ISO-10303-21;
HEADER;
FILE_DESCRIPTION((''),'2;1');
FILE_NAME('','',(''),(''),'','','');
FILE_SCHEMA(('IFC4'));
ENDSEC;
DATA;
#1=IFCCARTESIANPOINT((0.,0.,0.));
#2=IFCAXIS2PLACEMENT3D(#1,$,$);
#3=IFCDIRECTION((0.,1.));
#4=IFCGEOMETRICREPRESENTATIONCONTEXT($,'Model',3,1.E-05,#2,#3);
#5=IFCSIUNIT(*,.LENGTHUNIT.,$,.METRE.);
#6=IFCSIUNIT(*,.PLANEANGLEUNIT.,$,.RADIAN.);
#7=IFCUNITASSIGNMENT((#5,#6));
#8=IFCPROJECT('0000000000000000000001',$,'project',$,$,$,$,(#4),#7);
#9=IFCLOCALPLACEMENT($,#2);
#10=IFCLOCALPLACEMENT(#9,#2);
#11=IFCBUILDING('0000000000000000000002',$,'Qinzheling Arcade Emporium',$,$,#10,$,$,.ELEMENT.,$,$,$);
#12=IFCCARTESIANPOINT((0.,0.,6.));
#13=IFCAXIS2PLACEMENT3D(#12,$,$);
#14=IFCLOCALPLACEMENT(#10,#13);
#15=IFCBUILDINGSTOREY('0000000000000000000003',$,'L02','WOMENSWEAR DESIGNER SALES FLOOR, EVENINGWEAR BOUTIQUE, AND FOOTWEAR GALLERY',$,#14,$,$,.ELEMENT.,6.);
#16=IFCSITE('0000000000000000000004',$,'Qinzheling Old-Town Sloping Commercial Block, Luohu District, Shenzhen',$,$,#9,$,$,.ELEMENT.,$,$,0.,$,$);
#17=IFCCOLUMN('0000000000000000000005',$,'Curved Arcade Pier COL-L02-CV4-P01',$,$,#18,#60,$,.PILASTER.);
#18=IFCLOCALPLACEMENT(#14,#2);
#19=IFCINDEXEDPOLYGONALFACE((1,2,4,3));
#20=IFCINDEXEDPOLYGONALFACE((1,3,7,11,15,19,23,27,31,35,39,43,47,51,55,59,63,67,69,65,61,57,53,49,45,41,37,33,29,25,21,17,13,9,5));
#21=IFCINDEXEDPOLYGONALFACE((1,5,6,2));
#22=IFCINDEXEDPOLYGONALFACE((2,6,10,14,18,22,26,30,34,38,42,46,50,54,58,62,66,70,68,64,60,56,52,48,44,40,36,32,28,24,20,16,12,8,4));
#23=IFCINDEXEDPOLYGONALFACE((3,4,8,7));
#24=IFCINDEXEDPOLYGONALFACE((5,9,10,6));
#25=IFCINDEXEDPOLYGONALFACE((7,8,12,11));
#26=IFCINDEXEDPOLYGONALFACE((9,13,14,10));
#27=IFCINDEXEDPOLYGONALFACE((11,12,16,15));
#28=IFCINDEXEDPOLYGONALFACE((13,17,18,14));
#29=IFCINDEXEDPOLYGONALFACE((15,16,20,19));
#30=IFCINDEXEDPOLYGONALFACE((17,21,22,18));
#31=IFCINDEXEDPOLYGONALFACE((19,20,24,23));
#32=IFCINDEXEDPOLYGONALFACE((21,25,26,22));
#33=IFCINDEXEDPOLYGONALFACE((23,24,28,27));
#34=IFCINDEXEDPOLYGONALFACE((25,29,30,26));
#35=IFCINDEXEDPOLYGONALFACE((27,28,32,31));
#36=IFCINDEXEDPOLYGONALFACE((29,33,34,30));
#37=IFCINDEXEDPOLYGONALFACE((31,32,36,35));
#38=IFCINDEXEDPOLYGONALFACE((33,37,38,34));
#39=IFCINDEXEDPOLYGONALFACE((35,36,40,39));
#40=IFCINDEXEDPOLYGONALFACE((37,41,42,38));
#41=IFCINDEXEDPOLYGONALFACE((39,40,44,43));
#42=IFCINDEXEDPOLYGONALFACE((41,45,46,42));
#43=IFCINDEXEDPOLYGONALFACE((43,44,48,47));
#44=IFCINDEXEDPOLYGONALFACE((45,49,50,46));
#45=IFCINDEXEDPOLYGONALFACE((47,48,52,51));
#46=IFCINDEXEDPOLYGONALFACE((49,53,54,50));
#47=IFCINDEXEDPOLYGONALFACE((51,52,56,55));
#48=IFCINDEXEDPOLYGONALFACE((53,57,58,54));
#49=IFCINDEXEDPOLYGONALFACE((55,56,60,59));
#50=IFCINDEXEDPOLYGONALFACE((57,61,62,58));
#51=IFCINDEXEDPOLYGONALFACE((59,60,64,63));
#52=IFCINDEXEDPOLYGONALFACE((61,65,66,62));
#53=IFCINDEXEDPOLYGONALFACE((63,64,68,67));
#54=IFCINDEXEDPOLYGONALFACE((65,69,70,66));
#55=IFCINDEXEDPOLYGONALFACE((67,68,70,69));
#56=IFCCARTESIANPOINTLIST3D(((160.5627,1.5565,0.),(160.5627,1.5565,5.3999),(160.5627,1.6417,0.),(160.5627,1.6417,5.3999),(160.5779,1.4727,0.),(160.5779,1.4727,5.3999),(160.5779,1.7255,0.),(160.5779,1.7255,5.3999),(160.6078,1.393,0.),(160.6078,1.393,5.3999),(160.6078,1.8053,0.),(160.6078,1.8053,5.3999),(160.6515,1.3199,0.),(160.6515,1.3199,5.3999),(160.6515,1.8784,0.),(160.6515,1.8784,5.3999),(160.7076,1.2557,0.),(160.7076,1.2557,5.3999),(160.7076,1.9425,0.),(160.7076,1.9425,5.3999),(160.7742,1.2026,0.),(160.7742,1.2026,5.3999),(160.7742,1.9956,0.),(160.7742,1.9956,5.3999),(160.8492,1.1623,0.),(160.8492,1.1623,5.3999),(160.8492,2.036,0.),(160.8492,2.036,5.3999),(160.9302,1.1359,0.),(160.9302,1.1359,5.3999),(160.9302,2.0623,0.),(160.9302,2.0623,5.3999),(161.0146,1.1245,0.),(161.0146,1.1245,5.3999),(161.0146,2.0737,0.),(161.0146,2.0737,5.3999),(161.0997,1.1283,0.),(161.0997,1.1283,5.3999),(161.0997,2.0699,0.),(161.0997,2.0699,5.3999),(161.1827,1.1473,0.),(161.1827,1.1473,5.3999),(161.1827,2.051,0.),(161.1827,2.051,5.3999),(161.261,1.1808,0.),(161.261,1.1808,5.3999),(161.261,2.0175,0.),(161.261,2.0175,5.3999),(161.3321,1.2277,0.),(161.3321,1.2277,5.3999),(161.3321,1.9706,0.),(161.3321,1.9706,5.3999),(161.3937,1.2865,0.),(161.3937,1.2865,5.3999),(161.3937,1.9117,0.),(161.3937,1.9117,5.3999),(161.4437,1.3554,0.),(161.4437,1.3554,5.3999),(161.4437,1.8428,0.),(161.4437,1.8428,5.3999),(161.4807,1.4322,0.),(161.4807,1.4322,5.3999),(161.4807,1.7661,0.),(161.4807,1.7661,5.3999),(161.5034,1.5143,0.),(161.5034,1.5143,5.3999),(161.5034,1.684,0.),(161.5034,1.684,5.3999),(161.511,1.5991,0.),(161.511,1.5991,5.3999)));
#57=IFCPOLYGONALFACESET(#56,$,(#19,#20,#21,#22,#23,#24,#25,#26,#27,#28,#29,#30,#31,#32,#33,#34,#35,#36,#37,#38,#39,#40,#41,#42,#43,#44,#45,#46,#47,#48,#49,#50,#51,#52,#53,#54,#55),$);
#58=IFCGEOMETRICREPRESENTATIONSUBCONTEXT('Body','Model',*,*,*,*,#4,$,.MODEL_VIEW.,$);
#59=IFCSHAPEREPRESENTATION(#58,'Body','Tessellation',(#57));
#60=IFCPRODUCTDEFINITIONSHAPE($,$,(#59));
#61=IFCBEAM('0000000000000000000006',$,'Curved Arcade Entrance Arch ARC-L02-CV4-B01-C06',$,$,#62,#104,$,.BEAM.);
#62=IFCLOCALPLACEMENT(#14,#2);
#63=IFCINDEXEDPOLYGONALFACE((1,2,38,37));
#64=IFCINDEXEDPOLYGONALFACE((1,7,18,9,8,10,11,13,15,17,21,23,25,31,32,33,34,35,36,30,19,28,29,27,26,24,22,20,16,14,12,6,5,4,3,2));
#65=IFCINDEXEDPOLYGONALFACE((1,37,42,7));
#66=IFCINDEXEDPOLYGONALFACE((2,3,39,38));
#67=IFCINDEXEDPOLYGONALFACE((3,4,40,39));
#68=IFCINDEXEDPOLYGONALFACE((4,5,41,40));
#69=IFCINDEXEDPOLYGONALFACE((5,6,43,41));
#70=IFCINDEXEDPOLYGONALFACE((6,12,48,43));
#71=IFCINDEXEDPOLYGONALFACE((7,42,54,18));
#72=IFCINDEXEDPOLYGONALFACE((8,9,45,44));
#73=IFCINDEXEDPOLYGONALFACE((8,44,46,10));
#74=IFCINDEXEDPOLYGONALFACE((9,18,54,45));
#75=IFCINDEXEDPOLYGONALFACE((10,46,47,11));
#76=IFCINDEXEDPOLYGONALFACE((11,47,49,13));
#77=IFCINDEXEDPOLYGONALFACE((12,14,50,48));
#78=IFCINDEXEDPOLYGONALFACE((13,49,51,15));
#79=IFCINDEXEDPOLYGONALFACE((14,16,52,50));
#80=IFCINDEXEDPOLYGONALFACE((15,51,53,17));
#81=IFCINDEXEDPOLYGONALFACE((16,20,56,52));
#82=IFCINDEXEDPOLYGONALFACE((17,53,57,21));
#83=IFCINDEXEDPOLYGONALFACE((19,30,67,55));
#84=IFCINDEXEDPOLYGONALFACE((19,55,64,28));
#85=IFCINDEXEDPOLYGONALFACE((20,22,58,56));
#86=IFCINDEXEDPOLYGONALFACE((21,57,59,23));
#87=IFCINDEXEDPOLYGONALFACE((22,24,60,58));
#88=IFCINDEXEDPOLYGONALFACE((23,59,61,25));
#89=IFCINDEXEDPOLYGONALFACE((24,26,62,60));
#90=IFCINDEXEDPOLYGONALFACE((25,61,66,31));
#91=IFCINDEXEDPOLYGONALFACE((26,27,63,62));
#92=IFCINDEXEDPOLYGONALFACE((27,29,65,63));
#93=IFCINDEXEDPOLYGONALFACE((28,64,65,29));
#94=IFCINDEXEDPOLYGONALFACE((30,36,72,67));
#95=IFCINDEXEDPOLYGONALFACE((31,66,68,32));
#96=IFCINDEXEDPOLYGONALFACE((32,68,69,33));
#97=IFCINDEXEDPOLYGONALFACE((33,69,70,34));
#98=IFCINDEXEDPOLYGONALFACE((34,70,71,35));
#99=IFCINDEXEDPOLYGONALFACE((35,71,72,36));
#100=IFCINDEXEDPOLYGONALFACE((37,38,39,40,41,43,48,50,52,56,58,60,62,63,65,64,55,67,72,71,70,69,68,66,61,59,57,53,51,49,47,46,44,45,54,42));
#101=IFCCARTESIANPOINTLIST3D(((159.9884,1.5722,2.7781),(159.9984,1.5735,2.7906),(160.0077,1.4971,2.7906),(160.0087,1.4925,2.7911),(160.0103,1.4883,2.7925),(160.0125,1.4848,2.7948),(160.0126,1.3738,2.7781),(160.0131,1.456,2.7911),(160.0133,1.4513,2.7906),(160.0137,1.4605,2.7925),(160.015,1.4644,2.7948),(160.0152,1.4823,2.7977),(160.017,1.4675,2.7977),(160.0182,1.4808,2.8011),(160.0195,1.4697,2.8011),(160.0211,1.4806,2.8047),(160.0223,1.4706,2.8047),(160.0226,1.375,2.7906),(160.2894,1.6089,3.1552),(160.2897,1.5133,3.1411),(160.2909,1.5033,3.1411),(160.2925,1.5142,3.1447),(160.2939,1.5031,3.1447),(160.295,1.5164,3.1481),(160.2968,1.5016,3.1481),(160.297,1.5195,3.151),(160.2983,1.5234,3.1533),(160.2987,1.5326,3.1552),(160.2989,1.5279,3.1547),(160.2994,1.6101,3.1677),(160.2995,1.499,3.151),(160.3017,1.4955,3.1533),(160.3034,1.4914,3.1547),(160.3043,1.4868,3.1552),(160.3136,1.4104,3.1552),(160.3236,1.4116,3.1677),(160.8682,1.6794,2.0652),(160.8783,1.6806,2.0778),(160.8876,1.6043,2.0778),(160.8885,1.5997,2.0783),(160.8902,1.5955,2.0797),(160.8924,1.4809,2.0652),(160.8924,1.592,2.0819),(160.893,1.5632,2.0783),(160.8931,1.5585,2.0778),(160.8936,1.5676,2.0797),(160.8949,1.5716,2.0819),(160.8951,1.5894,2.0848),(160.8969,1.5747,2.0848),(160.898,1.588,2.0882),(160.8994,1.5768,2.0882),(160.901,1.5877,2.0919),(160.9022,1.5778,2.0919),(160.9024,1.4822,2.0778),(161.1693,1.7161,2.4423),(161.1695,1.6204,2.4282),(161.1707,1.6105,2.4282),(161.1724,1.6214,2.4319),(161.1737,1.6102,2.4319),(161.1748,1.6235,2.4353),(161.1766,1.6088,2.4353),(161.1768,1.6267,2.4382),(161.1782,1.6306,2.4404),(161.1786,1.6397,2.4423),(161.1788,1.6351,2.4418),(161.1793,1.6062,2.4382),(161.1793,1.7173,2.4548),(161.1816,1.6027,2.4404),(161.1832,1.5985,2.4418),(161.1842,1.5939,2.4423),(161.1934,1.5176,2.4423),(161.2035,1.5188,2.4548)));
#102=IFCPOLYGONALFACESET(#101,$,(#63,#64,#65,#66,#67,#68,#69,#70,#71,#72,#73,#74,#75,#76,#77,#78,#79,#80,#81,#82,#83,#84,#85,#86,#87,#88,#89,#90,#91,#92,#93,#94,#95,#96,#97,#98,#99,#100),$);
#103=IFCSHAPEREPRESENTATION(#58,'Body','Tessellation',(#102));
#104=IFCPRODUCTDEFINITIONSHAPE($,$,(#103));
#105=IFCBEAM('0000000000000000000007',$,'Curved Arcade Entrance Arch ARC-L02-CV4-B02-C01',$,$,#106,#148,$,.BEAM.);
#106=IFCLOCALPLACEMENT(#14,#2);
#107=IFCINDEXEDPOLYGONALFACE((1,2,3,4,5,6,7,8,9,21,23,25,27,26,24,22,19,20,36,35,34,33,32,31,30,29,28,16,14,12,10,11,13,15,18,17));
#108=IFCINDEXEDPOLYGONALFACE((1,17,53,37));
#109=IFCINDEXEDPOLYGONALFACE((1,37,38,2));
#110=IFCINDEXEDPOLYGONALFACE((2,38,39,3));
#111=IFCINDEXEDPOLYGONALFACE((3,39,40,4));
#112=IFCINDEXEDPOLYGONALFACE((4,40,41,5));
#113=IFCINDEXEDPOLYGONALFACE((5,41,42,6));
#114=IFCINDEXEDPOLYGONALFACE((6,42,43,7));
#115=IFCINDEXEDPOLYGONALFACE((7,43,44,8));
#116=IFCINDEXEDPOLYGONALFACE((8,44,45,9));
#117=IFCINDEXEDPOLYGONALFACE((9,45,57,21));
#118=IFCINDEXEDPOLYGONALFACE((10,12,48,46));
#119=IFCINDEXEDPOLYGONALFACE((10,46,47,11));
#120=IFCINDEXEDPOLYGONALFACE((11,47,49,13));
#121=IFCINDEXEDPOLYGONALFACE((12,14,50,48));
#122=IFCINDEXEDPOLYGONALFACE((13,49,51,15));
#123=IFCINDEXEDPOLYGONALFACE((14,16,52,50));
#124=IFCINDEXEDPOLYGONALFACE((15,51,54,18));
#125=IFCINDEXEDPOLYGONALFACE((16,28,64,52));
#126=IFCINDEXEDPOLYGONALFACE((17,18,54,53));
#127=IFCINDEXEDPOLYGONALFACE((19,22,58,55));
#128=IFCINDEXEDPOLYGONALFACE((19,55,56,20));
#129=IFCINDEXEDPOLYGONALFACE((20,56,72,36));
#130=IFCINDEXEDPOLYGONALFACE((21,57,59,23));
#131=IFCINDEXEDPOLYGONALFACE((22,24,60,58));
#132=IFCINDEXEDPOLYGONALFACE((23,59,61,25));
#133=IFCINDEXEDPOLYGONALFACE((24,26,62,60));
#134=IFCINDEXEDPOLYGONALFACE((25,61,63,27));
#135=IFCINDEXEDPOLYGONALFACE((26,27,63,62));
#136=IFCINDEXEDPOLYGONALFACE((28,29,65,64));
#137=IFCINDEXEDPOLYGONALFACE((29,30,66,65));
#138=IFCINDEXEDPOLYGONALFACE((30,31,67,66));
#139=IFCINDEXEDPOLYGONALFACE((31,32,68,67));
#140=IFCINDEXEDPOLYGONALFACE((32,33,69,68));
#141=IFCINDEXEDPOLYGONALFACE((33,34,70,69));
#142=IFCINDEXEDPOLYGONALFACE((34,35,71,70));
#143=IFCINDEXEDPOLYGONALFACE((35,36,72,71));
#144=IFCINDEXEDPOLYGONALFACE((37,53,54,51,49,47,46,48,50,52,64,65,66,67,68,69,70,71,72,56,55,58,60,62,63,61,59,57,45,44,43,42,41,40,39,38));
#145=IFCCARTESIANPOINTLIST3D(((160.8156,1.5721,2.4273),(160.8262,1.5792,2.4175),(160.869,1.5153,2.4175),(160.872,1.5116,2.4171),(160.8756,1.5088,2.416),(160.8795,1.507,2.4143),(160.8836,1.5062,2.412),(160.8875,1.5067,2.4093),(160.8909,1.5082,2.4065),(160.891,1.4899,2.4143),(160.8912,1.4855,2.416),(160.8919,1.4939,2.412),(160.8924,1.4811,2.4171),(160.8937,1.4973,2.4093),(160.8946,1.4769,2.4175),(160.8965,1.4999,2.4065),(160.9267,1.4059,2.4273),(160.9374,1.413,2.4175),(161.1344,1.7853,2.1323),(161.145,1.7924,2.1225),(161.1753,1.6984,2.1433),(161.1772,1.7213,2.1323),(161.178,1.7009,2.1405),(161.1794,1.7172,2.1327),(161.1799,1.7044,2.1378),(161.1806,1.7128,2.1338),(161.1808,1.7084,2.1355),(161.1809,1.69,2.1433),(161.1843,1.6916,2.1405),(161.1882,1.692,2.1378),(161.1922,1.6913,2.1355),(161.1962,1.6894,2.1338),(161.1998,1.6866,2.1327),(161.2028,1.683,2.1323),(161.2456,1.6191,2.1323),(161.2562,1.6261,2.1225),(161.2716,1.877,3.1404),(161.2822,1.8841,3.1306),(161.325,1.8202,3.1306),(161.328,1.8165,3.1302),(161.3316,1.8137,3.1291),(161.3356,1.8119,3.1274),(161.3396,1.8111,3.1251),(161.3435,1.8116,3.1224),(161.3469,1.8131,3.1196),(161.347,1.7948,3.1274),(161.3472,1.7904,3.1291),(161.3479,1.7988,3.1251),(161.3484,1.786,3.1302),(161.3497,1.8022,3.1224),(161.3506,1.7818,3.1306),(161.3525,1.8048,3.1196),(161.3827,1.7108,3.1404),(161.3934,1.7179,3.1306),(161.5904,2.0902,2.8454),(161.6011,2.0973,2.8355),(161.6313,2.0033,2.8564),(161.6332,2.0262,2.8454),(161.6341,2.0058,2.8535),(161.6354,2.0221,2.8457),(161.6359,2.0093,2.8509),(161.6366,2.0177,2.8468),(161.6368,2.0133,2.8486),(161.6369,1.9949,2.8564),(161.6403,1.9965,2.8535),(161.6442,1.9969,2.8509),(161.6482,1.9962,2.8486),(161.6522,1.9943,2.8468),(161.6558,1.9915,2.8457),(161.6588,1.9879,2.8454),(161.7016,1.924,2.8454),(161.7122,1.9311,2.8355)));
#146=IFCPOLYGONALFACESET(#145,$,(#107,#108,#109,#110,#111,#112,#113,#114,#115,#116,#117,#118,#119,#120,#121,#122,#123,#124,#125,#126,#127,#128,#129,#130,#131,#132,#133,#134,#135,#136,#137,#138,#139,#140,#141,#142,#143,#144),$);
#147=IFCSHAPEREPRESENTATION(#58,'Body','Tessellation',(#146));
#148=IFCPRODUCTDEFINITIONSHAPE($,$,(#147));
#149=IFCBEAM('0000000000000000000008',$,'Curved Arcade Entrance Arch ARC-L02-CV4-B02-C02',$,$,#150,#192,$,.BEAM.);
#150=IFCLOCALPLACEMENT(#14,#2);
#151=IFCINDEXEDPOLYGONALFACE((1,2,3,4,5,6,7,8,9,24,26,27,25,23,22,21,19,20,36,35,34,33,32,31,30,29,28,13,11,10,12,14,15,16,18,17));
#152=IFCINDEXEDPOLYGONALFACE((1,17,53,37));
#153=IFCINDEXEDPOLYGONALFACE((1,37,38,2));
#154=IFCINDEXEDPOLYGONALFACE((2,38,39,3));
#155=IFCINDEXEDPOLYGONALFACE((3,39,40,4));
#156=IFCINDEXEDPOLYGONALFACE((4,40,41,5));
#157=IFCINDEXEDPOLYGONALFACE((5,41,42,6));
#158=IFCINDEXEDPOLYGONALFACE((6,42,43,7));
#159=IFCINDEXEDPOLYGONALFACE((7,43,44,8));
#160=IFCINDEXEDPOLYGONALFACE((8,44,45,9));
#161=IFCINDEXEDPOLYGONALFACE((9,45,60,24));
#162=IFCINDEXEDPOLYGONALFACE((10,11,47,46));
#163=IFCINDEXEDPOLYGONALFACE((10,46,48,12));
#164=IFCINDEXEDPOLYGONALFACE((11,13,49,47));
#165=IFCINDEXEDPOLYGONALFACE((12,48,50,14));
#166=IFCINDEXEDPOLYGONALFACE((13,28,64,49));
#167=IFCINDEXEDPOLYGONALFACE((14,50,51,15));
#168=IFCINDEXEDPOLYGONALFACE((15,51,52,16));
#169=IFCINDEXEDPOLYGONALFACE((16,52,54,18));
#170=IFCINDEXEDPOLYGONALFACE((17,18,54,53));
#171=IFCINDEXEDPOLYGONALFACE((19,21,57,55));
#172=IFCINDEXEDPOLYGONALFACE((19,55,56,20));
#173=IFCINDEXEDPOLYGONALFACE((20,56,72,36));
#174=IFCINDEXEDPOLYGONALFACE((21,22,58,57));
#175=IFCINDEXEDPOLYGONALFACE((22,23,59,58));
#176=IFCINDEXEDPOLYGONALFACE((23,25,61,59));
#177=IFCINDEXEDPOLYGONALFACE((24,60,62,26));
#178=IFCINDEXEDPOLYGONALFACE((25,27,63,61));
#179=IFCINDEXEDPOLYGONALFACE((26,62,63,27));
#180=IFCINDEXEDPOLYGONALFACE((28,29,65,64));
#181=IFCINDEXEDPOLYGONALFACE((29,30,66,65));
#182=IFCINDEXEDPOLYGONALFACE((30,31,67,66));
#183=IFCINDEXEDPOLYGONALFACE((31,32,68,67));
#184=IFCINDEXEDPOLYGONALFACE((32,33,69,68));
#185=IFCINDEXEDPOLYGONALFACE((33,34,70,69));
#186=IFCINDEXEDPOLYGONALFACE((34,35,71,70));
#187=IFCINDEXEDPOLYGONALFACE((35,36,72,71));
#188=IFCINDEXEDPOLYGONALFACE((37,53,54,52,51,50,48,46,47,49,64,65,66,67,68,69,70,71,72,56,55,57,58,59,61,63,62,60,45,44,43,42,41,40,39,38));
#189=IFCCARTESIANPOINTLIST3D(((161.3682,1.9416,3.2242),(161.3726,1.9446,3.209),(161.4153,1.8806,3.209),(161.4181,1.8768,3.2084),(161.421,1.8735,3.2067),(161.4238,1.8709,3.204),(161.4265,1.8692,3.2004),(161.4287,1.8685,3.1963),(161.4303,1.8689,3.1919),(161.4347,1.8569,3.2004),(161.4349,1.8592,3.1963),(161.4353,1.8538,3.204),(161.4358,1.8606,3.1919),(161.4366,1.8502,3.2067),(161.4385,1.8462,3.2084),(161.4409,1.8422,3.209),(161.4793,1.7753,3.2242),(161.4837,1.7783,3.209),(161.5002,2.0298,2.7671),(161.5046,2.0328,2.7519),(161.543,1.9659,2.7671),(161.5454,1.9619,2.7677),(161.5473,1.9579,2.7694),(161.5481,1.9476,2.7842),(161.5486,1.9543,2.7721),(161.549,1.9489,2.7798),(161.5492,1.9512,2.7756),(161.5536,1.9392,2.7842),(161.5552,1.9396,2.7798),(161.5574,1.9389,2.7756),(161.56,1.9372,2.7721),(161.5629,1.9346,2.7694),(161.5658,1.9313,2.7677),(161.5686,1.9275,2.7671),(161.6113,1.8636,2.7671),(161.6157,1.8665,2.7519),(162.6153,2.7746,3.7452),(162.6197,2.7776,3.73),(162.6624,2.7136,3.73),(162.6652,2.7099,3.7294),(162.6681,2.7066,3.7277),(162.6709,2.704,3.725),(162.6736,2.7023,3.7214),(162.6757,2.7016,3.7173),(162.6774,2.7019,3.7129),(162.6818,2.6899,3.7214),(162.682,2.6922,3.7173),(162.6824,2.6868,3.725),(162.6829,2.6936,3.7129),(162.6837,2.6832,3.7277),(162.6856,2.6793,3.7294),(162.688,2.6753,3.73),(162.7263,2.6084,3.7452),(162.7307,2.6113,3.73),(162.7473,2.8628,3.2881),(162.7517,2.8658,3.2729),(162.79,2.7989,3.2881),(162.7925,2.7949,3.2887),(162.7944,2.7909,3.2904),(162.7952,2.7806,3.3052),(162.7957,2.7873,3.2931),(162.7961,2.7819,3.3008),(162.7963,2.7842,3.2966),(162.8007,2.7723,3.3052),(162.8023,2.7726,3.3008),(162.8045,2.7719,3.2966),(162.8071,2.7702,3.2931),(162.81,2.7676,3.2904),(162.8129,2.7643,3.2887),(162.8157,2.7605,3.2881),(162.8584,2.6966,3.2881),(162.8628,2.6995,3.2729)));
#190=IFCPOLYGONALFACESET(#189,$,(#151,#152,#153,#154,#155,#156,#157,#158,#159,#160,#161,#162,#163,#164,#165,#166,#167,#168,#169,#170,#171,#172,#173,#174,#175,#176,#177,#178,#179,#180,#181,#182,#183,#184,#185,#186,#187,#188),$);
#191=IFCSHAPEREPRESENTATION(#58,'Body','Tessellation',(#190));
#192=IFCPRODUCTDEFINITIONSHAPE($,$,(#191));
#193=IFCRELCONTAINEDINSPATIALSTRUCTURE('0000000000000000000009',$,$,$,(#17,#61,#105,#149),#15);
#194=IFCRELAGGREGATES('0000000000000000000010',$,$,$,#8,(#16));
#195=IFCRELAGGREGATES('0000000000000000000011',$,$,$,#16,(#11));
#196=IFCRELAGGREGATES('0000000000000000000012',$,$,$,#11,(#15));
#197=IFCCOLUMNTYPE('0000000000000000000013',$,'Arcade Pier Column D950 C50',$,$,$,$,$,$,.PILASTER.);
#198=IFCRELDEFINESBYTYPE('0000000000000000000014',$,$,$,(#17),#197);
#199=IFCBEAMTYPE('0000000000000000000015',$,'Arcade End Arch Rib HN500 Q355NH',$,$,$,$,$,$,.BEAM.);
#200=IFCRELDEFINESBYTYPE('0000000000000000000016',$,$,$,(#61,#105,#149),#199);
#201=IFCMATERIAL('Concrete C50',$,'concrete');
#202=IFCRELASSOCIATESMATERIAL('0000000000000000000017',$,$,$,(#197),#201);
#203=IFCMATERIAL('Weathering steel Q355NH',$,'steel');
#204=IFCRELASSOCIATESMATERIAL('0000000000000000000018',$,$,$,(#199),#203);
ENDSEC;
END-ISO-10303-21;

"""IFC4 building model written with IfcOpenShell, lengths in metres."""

from ifc_helpers import new_model, si_unit, direction, frame, origin, origin_2d, place, context, subcontext, project, spatial, circle, i_section, extrude, material, material_profile, profile_set, type_object, element, save


model = new_model("IFC4")

# Units and contexts
model_context = context("Model", 3, precision=1e-05, world=origin(), true_north=direction((0.0, 1.0)))
body_context = subcontext(model_context, "Body", "Model", "MODEL_VIEW")
ifc_project = project(units=[si_unit("LENGTHUNIT", "METRE"), si_unit("PLANEANGLEUNIT", "RADIAN")], contexts=[model_context])

# Site, building, storey
site_placement = place(None, origin())
site = spatial("IfcSite", under=ifc_project, at=site_placement, Name="Qinzheling Old-Town Sloping Commercial Block, Luohu District, Shenzhen", CompositionType="ELEMENT", RefElevation=0.0)
building_placement = place(site_placement, origin())
building = spatial("IfcBuilding", under=site, at=building_placement, Name="Qinzheling Arcade Emporium", CompositionType="ELEMENT")
storey_placement = place(building_placement, frame((0.0, 0.0, 6.0)))
storey = spatial("IfcBuildingStorey", under=building, at=storey_placement, Name="L02", Description="WOMENSWEAR DESIGNER SALES FLOOR, EVENINGWEAR BOUTIQUE, AND FOOTWEAR GALLERY", CompositionType="ELEMENT", Elevation=6.0)

# Column
ifc_material_1 = material(Name="Concrete C50", Category="concrete")
ifc_material_profile_1 = material_profile(ifc_material_1, circle(Radius=0.4751, at=origin_2d()), Name="RC D950", Category="concrete")
ifc_profile_set_1 = profile_set([ifc_material_profile_1], Name="Concrete C50")
column_type = type_object("IfcColumnType", Name="Arcade Pier Column D950 C50", PredefinedType="PILASTER", material=ifc_profile_set_1)
column_placement = place(storey_placement, frame((161.0359, 1.5991, 0.0), z_axis=(0.0, 0.0, 1.0), x_axis=(1.0, 0.0, 0.0)))
element("IfcColumn", 1, at=column_placement, inside=storey, type_object=column_type, Name="Curved Arcade Pier COL-L02-CV4-P01", PredefinedType="PILASTER", context=body_context, shape_type="SweptSolid", body=[
    extrude(circle(Radius=0.4751, at=origin_2d()), origin(), (0.0, 0.0, 1.0), 5.3999),
])

# Beams
ifc_material_2 = material(Name="Weathering steel Q355NH", Category="steel")
ifc_material_profile_2 = material_profile(ifc_material_2, i_section(OverallWidth=0.2, OverallDepth=0.5, WebThickness=0.01, FlangeThickness=0.0161, FilletRadius=0.0181, at=origin_2d()), Name="HN 500x200x10x16", Category="steel")
ifc_profile_set_2 = profile_set([ifc_material_profile_2], Name="Weathering steel Q355NH")
beam_type_1 = type_object("IfcBeamType", Name="Arcade End Arch Rib HN500 Q355NH", PredefinedType="BEAM", material=ifc_profile_set_2)
beam_1_placement = place(storey_placement, frame((160.156, 1.4919, 2.9729), z_axis=(0.773527, 0.094223, -0.62672), x_axis=(-0.120915, 0.992663, 0.0)))
element("IfcBeam", 2, at=beam_1_placement, inside=storey, type_object=beam_type_1, Name="Curved Arcade Entrance Arch ARC-L02-CV4-B01-C06", PredefinedType="BEAM", context=body_context, shape_type="SweptSolid", body=[
    extrude(i_section(OverallWidth=0.2, OverallDepth=0.5, WebThickness=0.01, FlangeThickness=0.0161, FilletRadius=0.0181, at=origin_2d()), origin(), (0.0, 0.0, 1.0), 1.1375),
])
beam_2_placement = place(storey_placement, frame((161.0359, 1.5991, 2.2749), z_axis=(0.506874, 0.338911, 0.792602), x_axis=(-0.555829, 0.831296, 0.0)))
element("IfcBeam", 3, at=beam_2_placement, inside=storey, type_object=beam_type_1, Name="Curved Arcade Entrance Arch ARC-L02-CV4-B02-C01", PredefinedType="BEAM", context=body_context, shape_type="SweptSolid", body=[
    extrude(i_section(OverallWidth=0.2, OverallDepth=0.5, WebThickness=0.01, FlangeThickness=0.0161, FilletRadius=0.0181, at=origin_2d()), origin(), (0.0, 0.0, 1.0), 0.8997),
])
beam_3_placement = place(storey_placement, frame((161.4919, 1.9041, 2.988), z_axis=(0.785499, 0.524691, 0.328163), x_axis=(-0.555451, 0.831549, 0.0)))
element("IfcBeam", 4, at=beam_3_placement, inside=storey, type_object=beam_type_1, Name="Curved Arcade Entrance Arch ARC-L02-CV4-B02-C02", PredefinedType="BEAM", context=body_context, shape_type="SweptSolid", body=[
    extrude(i_section(OverallWidth=0.2, OverallDepth=0.5, WebThickness=0.01, FlangeThickness=0.0161, FilletRadius=0.0181, at=origin_2d()), origin(), (0.0, 0.0, 1.0), 1.5876),
])

save(model, "model.ifc")
